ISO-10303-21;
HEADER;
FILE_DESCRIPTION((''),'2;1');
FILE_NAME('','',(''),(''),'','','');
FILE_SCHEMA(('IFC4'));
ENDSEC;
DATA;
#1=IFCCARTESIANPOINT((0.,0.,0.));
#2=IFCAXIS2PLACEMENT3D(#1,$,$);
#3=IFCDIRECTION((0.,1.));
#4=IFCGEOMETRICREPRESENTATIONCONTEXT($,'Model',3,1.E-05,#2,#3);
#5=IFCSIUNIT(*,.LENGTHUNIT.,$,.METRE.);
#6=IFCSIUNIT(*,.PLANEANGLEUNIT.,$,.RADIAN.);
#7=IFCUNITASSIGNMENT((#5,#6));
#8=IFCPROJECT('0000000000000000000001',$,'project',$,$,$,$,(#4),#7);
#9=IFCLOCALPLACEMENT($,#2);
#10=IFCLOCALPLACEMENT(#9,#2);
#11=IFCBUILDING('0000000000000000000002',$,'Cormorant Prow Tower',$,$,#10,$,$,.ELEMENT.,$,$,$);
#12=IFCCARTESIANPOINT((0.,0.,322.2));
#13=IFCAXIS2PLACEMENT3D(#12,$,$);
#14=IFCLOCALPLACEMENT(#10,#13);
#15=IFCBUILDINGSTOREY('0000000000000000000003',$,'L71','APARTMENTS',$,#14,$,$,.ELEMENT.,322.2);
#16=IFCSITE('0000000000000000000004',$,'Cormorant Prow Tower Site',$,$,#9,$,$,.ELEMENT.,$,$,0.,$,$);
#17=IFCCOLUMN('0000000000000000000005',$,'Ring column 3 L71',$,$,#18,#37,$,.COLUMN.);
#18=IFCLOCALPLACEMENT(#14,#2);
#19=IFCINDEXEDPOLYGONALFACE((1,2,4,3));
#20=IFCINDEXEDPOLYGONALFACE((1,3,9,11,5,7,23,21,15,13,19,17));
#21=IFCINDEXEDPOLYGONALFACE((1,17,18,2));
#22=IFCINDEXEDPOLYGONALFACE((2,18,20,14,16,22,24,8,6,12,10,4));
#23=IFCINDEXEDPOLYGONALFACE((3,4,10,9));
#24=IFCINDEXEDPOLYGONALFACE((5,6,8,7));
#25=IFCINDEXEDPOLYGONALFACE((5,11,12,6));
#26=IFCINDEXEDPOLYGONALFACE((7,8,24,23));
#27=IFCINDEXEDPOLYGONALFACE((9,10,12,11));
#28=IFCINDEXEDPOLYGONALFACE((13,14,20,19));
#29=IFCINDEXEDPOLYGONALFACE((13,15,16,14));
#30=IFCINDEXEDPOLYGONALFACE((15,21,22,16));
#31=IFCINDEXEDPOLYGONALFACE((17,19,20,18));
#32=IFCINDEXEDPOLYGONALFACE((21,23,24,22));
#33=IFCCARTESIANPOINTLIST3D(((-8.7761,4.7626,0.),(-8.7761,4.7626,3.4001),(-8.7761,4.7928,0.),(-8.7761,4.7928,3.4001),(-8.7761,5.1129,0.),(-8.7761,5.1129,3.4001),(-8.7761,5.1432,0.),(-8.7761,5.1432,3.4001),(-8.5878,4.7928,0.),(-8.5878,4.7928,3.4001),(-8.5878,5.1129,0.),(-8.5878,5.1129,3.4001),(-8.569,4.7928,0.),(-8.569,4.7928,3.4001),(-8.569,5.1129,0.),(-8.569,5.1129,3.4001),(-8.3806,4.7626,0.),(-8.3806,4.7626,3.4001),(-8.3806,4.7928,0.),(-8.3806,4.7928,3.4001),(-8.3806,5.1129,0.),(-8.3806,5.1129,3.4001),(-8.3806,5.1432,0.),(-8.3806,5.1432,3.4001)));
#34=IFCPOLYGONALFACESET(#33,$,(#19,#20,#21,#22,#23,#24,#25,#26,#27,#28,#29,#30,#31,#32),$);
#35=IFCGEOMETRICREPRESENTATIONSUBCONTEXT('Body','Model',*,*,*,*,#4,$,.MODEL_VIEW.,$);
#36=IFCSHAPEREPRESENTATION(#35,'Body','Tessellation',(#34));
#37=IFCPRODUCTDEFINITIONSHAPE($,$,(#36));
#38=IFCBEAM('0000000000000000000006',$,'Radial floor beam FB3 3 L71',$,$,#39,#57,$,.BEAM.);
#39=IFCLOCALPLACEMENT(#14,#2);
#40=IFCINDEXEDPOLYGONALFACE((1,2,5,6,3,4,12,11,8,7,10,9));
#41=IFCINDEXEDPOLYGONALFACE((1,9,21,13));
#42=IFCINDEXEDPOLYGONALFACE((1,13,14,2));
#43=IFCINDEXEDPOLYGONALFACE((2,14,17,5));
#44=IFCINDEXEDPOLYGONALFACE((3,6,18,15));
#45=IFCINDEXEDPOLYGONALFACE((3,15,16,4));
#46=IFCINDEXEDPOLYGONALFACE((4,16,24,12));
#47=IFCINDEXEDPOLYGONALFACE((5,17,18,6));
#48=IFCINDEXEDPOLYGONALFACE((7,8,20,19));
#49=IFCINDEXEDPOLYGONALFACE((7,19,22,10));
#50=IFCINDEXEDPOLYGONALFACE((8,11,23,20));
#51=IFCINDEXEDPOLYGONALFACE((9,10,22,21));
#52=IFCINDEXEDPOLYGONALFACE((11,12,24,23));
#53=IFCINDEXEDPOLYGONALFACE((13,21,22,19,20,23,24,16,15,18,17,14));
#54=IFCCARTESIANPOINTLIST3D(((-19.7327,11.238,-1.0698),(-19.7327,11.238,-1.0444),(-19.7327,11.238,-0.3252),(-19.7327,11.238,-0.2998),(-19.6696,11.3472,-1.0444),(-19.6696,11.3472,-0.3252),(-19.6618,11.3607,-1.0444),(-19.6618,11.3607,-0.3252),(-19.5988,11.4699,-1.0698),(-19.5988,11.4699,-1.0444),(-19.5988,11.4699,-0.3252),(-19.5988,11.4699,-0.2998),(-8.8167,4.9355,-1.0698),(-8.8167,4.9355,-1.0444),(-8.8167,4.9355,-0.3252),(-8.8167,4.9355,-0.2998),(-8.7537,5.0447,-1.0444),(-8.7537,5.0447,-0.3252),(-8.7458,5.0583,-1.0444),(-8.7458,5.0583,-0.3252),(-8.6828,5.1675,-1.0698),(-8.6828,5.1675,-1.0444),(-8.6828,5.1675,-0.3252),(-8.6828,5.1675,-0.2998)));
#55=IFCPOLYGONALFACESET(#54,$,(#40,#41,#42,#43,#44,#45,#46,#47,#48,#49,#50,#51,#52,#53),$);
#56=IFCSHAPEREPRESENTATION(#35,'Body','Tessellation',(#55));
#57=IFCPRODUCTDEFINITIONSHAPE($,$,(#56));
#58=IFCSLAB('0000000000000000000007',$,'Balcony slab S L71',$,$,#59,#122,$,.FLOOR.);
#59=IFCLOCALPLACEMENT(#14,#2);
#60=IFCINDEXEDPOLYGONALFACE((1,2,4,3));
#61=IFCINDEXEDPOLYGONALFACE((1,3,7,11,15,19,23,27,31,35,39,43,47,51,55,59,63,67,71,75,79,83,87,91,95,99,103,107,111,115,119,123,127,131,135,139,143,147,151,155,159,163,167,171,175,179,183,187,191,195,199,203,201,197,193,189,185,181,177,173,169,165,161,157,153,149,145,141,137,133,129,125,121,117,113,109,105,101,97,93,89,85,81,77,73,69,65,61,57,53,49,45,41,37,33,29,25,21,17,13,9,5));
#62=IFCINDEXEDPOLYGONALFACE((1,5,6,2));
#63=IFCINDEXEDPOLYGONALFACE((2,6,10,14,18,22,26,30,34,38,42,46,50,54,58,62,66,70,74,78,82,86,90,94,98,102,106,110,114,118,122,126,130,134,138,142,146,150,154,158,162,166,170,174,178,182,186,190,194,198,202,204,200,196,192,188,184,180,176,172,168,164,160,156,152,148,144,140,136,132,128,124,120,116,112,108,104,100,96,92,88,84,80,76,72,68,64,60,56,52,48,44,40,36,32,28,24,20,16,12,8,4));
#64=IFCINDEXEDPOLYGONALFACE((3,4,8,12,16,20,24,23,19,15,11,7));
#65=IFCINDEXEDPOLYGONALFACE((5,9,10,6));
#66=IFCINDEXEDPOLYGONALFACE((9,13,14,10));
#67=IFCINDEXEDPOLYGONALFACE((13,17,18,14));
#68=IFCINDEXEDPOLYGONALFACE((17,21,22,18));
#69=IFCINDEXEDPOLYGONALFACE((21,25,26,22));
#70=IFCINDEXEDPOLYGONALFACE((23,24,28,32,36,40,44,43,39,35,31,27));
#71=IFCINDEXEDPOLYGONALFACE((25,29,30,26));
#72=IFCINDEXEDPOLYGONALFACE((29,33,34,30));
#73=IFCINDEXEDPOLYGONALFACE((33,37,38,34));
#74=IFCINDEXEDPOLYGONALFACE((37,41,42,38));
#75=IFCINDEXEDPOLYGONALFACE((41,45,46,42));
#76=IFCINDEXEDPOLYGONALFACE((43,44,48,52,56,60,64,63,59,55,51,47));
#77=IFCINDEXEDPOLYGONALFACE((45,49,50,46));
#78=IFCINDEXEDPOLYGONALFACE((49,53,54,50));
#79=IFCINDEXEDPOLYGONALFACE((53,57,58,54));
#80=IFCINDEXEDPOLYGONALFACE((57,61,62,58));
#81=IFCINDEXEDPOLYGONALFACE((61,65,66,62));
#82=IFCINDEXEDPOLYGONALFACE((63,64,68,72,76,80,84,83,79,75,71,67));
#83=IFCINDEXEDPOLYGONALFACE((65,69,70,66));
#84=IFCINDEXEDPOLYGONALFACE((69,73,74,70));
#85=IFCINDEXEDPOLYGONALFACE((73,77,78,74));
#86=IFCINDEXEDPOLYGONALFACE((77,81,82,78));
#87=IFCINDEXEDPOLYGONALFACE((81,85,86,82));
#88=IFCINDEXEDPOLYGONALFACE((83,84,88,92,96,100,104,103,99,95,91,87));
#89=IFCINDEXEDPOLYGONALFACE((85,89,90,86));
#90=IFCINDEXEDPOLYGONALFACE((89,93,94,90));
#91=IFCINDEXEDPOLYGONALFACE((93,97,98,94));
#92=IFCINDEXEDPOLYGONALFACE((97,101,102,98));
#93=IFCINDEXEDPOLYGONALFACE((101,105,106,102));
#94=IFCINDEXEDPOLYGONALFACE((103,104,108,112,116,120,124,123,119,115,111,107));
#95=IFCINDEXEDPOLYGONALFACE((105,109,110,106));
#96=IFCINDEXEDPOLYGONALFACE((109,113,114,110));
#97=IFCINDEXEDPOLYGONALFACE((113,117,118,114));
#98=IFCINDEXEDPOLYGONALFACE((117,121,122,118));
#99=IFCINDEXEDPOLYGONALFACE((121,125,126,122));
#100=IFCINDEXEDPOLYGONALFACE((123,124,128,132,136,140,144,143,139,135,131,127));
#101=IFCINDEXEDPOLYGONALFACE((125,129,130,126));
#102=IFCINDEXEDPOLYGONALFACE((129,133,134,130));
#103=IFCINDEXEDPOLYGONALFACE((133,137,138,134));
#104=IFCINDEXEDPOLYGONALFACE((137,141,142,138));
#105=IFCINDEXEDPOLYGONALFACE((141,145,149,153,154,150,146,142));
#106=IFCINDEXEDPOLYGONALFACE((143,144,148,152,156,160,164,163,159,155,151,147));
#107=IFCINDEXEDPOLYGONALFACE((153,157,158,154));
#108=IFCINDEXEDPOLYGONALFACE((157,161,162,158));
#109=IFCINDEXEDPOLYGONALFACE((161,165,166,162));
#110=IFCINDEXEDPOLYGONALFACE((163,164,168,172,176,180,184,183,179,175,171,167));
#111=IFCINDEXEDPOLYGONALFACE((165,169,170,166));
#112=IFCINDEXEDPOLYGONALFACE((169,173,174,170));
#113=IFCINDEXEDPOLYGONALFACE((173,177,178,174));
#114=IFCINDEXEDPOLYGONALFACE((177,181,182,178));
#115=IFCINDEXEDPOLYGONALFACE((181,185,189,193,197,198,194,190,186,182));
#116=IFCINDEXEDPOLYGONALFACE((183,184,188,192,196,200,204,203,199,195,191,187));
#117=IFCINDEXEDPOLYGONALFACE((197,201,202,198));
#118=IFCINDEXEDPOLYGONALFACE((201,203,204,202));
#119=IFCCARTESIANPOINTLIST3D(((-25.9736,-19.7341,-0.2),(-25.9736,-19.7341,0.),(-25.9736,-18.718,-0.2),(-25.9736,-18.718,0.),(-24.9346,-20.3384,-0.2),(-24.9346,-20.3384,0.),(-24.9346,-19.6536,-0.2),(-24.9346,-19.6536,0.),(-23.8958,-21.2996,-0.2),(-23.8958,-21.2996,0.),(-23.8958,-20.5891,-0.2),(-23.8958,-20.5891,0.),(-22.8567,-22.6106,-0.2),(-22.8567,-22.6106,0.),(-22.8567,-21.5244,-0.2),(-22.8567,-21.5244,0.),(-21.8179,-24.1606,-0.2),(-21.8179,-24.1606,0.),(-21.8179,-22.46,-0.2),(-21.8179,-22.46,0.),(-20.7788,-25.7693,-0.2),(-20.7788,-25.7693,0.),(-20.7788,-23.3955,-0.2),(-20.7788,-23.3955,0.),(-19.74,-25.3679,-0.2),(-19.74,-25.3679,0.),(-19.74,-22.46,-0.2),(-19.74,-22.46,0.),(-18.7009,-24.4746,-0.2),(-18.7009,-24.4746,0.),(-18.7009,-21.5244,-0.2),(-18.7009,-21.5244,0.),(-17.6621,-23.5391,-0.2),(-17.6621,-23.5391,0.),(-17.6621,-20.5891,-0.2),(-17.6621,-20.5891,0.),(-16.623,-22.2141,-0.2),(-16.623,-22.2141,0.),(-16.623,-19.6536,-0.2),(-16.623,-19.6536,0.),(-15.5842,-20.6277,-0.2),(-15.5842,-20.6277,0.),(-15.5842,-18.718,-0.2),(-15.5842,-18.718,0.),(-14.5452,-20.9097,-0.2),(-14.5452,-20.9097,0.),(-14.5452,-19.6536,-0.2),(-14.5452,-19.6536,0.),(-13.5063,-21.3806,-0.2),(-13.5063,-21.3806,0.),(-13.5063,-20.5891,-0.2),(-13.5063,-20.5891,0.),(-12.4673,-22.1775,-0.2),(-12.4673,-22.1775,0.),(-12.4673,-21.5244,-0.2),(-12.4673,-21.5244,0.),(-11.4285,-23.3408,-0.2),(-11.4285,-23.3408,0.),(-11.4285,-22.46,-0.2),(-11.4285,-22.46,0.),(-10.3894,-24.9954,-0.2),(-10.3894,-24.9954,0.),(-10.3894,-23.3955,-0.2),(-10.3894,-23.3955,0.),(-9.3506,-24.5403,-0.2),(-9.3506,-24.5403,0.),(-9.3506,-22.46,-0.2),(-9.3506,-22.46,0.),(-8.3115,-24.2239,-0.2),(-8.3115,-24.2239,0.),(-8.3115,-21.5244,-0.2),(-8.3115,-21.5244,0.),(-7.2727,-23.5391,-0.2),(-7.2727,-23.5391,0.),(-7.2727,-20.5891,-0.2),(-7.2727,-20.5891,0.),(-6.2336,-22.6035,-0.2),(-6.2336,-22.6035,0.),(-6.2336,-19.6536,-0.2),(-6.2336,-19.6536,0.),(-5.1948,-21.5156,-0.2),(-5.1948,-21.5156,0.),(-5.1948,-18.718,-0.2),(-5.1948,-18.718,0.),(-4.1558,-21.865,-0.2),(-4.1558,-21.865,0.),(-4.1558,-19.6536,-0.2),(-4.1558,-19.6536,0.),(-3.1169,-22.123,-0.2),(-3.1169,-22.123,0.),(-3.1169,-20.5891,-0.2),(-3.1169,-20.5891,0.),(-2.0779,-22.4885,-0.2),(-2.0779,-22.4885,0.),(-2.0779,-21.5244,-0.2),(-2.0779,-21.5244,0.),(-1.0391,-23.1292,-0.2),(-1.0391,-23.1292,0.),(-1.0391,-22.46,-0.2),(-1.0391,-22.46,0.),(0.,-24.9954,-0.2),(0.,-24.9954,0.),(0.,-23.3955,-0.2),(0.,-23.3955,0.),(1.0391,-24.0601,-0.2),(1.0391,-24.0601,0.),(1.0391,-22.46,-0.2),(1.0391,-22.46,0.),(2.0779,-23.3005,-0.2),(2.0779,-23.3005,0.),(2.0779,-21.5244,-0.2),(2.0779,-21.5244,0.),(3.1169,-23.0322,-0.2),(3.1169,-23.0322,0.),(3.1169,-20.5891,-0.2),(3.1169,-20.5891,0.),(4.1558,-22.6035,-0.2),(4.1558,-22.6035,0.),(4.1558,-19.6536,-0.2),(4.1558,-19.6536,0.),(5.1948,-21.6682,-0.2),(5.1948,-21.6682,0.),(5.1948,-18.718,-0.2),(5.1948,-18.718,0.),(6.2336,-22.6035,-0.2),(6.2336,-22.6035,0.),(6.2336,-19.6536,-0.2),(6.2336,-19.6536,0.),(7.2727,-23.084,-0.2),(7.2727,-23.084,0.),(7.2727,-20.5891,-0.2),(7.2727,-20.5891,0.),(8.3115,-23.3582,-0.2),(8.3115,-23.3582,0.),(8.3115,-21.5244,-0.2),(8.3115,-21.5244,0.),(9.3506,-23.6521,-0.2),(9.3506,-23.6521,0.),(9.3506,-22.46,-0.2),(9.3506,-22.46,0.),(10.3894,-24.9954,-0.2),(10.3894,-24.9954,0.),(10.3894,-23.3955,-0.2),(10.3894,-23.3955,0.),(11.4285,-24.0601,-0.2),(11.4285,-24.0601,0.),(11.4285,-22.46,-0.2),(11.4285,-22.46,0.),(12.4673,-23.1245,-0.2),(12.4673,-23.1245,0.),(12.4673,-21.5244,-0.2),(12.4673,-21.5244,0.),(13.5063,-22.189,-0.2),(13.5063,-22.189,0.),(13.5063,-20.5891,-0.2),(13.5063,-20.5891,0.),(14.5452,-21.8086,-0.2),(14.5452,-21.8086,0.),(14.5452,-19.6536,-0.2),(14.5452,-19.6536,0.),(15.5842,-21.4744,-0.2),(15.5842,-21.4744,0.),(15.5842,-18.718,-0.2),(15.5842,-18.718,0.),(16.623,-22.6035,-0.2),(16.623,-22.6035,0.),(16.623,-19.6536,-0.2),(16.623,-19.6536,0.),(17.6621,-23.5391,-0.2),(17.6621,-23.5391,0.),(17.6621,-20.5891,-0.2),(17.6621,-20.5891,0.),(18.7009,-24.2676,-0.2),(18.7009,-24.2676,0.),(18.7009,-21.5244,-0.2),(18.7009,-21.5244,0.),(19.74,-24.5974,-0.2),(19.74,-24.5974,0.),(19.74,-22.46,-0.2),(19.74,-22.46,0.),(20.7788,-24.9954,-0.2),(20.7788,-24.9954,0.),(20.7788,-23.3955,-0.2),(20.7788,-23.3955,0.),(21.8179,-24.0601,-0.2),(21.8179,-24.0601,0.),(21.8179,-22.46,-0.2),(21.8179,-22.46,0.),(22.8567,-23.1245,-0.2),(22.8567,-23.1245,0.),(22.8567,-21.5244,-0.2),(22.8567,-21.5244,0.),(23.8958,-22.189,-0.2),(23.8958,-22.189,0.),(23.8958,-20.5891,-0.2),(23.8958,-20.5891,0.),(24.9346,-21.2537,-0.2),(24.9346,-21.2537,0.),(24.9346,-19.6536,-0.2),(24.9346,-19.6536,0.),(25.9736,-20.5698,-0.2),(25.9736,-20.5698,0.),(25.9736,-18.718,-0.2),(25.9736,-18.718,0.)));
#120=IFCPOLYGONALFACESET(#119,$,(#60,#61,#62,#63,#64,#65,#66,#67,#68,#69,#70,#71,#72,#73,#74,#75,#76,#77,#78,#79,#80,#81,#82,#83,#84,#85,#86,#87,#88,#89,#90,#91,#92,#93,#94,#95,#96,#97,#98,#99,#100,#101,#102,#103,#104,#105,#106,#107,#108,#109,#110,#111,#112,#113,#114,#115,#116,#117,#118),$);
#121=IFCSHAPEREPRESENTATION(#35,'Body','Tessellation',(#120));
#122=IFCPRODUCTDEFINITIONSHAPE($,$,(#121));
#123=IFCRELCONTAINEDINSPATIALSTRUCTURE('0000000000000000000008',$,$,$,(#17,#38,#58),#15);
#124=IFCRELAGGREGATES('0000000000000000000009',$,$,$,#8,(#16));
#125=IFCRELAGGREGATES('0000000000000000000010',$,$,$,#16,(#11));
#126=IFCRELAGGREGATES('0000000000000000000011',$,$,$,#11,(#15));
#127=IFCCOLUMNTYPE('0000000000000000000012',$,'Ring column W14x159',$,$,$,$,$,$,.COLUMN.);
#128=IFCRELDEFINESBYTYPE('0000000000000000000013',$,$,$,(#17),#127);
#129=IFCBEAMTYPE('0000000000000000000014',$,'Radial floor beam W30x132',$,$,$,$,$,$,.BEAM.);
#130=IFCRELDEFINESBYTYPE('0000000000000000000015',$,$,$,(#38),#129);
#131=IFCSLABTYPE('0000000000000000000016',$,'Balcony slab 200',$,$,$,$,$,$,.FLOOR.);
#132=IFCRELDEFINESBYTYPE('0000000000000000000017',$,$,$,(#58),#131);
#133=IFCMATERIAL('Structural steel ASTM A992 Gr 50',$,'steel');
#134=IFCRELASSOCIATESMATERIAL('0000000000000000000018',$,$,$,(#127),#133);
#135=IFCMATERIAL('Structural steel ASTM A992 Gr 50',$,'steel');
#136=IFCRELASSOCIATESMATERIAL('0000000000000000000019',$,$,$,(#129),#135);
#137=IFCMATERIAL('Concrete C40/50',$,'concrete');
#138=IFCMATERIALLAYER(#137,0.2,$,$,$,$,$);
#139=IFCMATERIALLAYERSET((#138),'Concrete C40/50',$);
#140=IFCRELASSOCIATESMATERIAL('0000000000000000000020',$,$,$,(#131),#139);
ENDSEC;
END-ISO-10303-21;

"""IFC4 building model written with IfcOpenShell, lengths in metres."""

from ifc_helpers import new_model, si_unit, direction, frame, origin, origin_2d, place, context, subcontext, project, spatial, polyline, i_section, outline, extrude, material, layer, layer_set, material_profile, profile_set, type_object, element, save


model = new_model("IFC4")

# Units and contexts
model_context = context("Model", 3, precision=1e-05, world=origin(), true_north=direction((0.0, 1.0)))
body_context = subcontext(model_context, "Body", "Model", "MODEL_VIEW")
ifc_project = project(units=[si_unit("LENGTHUNIT", "METRE"), si_unit("PLANEANGLEUNIT", "RADIAN")], contexts=[model_context])

# Site, building, storey
site_placement = place(None, origin())
site = spatial("IfcSite", under=ifc_project, at=site_placement, Name="Cormorant Prow Tower Site", CompositionType="ELEMENT", RefElevation=0.0)
building_placement = place(site_placement, origin())
building = spatial("IfcBuilding", under=site, at=building_placement, Name="Cormorant Prow Tower", CompositionType="ELEMENT")
storey_placement = place(building_placement, frame((0.0, 0.0, 322.2)))
storey = spatial("IfcBuildingStorey", under=building, at=storey_placement, Name="L71", Description="APARTMENTS", CompositionType="ELEMENT", Elevation=322.2)

# Column
ifc_material_1 = material(Name="Structural steel ASTM A992 Gr 50", Category="steel")
ifc_material_profile_1 = material_profile(ifc_material_1, i_section(OverallWidth=0.3955, OverallDepth=0.3806, WebThickness=0.0188, FlangeThickness=0.0303, at=origin_2d()), Name="W14x159")
ifc_profile_set_1 = profile_set([ifc_material_profile_1], Name="Structural steel ASTM A992 Gr 50")
column_type = type_object("IfcColumnType", Name="Ring column W14x159", PredefinedType="COLUMN", material=ifc_profile_set_1)
column_placement = place(storey_placement, frame((-8.5784, 4.9529, 0.0), z_axis=(0.0, 0.0, 1.0), x_axis=(1.0, 0.0, 0.0)))
element("IfcColumn", 1, at=column_placement, inside=storey, type_object=column_type, Name="Ring column 3 L71", PredefinedType="COLUMN", context=body_context, shape_type="SweptSolid", body=[
    extrude(i_section(OverallWidth=0.3955, OverallDepth=0.3806, WebThickness=0.0188, FlangeThickness=0.0303, at=origin_2d()), origin(), (0.0, 0.0, 1.0), 3.4001),
])

# Beam
ifc_material_2 = material(Name="Structural steel ASTM A992 Gr 50", Category="steel")
ifc_material_profile_2 = material_profile(ifc_material_2, i_section(OverallWidth=0.2678, OverallDepth=0.77, WebThickness=0.0156, FlangeThickness=0.0254, at=origin_2d()), Name="W30x132")
ifc_profile_set_2 = profile_set([ifc_material_profile_2], Name="Structural steel ASTM A992 Gr 50")
beam_type = type_object("IfcBeamType", Name="Radial floor beam W30x132", PredefinedType="BEAM", material=ifc_profile_set_2)
beam_placement = place(storey_placement, frame((-8.7498, 5.0515, -0.6848), z_axis=(-0.866021, 0.500007, 0.0), x_axis=(-0.500007, -0.866021, 0.0)))
element("IfcBeam", 2, at=beam_placement, inside=storey, type_object=beam_type, Name="Radial floor beam FB3 3 L71", PredefinedType="BEAM", context=body_context, shape_type="SweptSolid", body=[
    extrude(i_section(OverallWidth=0.2678, OverallDepth=0.77, WebThickness=0.0156, FlangeThickness=0.0254, at=origin_2d()), origin(), (0.0, 0.0, 1.0), 12.6047),
])

# Slab
ifc_material_3 = material(Name="Concrete C40/50", Category="concrete")
ifc_layer_1 = layer(ifc_material_3, 0.2)
ifc_layer_set_1 = layer_set([ifc_layer_1], Name="Concrete C40/50")
slab_type_1 = type_object("IfcSlabType", Name="Balcony slab 200", PredefinedType="FLOOR", material=ifc_layer_set_1)
slab_1_placement = place(storey_placement, frame((0.0, 0.0, -0.2)))
element("IfcSlab", 3, at=slab_1_placement, inside=storey, type_object=slab_type_1, Name="Balcony slab S L71", PredefinedType="FLOOR", context=body_context, shape_type="SweptSolid", body=[
    extrude(outline(polyline([(-25.9736, -18.718), (-25.9736, -19.7341), (-24.9346, -20.3384), (-23.8958, -21.2996), (-22.8567, -22.6106), (-21.8179, -24.1606), (-20.7788, -25.7693), (-19.74, -25.3679), (-18.7009, -24.4746), (-17.6621, -23.5391), (-16.623, -22.2141), (-15.5842, -20.6277), (-14.5452, -20.9097), (-13.5063, -21.3806), (-12.4673, -22.1775), (-11.4285, -23.3408), (-10.3894, -24.9954), (-9.3506, -24.5403), (-8.3115, -24.2239), (-7.2727, -23.5391), (-6.2336, -22.6035), (-5.1948, -21.5156), (-4.1558, -21.865), (-3.1169, -22.123), (-2.0779, -22.4885), (-1.0391, -23.1292), (0.0, -24.9954), (1.0391, -24.0601), (2.0779, -23.3005), (3.1169, -23.0322), (4.1558, -22.6035), (5.1948, -21.6682), (6.2336, -22.6035), (7.2727, -23.084), (8.3115, -23.3582), (9.3506, -23.6521), (10.3894, -24.9954), (11.4285, -24.0601), (12.4673, -23.1245), (13.5063, -22.189), (14.5452, -21.8086), (15.5842, -21.4744), (16.623, -22.6035), (17.6621, -23.5391), (18.7009, -24.2676), (19.74, -24.5974), (20.7788, -24.9954), (21.8179, -24.0601), (22.8567, -23.1245), (23.8958, -22.189), (24.9346, -21.2537), (25.9736, -20.5698), (25.9736, -18.718), (24.9346, -19.6536), (23.8958, -20.5891), (22.8567, -21.5244), (21.8179, -22.46), (20.7788, -23.3955), (19.74, -22.46), (18.7009, -21.5244), (17.6621, -20.5891), (16.623, -19.6536), (15.5842, -18.718), (14.5452, -19.6536), (13.5063, -20.5891), (12.4673, -21.5244), (11.4285, -22.46), (10.3894, -23.3955), (9.3506, -22.46), (8.3115, -21.5244), (7.2727, -20.5891), (6.2336, -19.6536), (5.1948, -18.718), (4.1558, -19.6536), (3.1169, -20.5891), (2.0779, -21.5244), (1.0391, -22.46), (0.0, -23.3955), (-1.0391, -22.46), (-2.0779, -21.5244), (-3.1169, -20.5891), (-4.1558, -19.6536), (-5.1948, -18.718), (-6.2336, -19.6536), (-7.2727, -20.5891), (-8.3115, -21.5244), (-9.3506, -22.46), (-10.3894, -23.3955), (-11.4285, -22.46), (-12.4673, -21.5244), (-13.5063, -20.5891), (-14.5452, -19.6536), (-15.5842, -18.718), (-16.623, -19.6536), (-17.6621, -20.5891), (-18.7009, -21.5244), (-19.74, -22.46), (-20.7788, -23.3955), (-21.8179, -22.46), (-22.8567, -21.5244), (-23.8958, -20.5891), (-24.9346, -19.6536), (-25.9736, -18.718)])), origin(), (0.0, 0.0, 1.0), 0.2),
])

save(model, "model.ifc")
